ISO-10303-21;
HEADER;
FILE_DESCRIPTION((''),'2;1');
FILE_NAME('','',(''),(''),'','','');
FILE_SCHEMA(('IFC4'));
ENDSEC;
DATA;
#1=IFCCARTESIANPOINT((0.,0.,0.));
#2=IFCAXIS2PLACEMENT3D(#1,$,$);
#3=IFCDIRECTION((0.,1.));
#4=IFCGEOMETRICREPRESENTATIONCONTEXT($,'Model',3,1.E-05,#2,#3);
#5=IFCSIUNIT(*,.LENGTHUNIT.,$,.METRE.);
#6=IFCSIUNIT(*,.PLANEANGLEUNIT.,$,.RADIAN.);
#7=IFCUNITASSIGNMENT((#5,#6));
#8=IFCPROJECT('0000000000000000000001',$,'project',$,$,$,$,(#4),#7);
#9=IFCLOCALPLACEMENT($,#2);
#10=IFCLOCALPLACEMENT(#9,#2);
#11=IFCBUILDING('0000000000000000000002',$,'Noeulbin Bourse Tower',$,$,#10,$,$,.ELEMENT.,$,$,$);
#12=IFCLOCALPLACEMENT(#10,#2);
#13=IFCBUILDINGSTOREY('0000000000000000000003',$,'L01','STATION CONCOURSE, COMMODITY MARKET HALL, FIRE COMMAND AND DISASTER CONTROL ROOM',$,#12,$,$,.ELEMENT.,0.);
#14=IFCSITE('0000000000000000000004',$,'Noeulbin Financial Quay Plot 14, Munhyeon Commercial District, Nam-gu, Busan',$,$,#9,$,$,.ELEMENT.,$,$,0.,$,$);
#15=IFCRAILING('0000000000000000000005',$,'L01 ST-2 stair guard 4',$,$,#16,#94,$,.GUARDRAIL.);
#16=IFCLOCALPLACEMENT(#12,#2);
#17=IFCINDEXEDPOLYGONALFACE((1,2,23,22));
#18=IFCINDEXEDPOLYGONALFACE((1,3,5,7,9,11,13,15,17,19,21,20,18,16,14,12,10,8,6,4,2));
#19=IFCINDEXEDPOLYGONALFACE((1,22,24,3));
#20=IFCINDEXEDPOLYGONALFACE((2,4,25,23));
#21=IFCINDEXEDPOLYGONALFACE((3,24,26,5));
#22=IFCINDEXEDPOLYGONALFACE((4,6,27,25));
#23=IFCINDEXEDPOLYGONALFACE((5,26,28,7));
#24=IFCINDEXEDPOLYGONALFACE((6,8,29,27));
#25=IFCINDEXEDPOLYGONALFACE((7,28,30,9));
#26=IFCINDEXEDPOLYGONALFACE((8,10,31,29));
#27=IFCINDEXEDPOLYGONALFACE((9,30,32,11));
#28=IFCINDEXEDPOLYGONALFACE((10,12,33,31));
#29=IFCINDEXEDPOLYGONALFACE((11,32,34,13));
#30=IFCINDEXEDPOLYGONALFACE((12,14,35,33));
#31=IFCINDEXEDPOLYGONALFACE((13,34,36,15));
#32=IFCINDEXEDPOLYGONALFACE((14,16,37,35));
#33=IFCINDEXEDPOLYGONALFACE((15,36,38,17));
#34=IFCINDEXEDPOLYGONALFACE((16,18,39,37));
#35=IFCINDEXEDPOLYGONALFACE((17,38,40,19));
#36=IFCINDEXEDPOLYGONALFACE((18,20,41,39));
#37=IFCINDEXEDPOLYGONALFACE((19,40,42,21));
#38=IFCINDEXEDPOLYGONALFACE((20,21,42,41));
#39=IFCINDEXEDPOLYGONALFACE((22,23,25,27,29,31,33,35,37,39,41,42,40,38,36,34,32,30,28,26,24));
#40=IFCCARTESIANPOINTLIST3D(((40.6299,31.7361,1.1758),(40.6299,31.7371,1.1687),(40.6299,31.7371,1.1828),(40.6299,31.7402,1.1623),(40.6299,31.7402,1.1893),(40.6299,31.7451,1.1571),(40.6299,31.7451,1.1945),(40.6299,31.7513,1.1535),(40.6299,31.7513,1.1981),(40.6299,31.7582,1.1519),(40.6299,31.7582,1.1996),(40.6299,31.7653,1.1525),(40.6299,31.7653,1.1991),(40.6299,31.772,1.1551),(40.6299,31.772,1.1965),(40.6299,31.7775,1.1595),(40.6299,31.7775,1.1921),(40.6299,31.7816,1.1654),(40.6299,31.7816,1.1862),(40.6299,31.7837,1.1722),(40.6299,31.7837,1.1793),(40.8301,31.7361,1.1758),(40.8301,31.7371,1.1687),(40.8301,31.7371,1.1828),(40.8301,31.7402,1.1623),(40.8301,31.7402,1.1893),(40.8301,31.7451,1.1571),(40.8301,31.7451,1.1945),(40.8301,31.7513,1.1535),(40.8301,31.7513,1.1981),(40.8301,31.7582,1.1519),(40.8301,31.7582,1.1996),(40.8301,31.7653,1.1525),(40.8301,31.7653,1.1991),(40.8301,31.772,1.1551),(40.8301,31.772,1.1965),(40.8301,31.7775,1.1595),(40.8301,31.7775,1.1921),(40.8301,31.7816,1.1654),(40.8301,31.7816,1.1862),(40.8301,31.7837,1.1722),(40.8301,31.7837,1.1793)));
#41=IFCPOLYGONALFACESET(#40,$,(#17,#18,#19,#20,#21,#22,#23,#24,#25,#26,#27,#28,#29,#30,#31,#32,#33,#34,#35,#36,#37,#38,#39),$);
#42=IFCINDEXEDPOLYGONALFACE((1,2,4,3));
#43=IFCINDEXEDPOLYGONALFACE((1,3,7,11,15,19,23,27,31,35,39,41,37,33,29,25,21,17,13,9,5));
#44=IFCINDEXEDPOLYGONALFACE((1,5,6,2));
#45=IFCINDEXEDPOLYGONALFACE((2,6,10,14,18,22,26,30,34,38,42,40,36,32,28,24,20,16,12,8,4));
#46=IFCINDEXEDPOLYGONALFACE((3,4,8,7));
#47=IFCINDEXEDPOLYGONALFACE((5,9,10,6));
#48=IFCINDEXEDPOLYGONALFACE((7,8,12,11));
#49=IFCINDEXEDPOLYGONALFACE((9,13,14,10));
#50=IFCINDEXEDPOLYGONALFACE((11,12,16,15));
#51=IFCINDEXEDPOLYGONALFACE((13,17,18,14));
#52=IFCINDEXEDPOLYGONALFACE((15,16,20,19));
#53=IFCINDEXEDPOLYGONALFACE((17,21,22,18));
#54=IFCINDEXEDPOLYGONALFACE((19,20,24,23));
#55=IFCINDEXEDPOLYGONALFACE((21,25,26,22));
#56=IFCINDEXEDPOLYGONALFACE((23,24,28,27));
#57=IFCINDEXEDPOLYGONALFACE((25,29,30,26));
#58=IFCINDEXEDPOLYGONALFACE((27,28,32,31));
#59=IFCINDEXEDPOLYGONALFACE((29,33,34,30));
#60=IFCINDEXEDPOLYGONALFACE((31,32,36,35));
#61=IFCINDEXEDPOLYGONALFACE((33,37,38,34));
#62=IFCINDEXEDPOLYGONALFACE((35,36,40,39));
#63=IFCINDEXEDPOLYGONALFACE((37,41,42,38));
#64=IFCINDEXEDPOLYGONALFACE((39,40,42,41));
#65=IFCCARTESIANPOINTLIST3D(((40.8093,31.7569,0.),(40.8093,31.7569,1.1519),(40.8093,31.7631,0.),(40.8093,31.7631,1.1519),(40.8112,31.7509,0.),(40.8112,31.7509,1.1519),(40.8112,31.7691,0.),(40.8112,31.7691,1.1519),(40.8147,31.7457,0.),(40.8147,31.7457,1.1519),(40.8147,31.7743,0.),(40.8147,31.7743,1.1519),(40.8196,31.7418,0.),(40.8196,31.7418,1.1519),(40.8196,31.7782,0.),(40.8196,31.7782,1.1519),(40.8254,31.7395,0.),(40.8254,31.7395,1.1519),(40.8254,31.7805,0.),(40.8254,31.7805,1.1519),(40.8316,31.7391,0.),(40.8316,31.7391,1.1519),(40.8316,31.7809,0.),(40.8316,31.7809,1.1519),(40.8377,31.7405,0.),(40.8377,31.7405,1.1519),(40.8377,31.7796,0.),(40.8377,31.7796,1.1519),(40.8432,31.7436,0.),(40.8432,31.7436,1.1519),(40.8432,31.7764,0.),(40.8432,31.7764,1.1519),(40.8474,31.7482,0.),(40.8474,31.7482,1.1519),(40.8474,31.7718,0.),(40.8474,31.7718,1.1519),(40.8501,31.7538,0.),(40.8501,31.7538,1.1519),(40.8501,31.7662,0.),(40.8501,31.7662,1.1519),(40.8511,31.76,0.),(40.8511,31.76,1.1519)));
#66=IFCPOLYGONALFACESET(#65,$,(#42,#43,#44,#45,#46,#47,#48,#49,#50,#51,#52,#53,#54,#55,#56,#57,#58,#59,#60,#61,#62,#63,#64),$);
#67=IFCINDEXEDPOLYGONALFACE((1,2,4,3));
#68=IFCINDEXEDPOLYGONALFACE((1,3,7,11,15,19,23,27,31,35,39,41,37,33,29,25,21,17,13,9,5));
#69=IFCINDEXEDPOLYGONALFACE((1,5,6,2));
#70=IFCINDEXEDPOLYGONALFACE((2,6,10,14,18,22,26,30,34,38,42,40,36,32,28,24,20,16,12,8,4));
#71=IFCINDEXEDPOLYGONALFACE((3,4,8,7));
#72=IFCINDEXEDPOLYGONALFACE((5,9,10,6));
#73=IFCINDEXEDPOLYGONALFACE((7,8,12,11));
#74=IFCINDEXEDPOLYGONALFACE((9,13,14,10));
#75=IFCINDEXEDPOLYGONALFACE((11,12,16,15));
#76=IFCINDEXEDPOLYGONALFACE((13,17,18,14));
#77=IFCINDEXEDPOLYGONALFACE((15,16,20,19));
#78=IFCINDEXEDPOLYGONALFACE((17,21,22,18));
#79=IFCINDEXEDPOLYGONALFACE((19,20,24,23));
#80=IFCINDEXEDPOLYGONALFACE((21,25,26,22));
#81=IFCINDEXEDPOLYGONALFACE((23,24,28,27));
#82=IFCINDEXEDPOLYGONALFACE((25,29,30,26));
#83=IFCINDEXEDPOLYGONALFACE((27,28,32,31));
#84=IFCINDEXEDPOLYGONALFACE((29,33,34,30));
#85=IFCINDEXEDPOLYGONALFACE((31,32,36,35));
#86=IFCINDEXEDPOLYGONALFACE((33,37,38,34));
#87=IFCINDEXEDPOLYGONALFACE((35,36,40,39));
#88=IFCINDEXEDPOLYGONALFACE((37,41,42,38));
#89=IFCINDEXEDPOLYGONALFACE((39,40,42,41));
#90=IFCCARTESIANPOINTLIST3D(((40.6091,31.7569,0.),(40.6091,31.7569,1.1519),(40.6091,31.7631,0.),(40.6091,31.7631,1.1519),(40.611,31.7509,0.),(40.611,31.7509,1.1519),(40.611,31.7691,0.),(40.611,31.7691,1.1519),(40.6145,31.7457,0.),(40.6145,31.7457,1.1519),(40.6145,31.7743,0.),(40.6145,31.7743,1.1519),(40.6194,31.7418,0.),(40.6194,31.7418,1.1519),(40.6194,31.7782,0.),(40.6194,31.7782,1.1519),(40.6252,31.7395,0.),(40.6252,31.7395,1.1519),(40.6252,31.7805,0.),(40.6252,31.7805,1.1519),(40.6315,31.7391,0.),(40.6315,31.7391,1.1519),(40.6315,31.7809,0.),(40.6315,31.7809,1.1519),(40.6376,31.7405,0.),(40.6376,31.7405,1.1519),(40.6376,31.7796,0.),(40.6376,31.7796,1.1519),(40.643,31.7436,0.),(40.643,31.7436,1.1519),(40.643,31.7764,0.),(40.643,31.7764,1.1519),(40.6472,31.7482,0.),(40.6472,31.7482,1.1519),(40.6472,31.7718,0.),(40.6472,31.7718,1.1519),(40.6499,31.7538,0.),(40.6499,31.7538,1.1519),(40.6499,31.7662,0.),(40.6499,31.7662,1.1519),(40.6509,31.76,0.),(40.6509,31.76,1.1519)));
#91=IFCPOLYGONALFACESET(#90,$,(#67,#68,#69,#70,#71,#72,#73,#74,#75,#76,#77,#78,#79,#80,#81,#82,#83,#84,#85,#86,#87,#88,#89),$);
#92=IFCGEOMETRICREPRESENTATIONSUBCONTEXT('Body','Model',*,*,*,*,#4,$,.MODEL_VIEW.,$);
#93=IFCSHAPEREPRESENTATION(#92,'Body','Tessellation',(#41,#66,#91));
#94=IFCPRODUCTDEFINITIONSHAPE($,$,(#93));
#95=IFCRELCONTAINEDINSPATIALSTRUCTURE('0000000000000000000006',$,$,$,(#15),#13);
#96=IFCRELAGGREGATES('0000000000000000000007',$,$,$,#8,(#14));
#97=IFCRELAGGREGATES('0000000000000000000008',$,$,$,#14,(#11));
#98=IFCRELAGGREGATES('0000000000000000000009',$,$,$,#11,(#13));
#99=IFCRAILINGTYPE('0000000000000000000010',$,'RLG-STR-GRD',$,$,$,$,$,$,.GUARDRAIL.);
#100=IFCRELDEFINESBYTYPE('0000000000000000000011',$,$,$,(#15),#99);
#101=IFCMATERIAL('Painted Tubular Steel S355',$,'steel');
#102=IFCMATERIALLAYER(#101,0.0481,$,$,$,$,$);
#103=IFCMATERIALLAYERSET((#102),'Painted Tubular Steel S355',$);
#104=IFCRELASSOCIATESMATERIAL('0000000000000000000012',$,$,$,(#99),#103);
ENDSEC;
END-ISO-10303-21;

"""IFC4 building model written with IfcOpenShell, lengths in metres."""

from ifc_helpers import new_model, si_unit, direction, frame, origin, origin_2d, place, context, subcontext, project, spatial, circle, extrude, material, layer, layer_set, type_object, element, save


model = new_model("IFC4")

# Units and contexts
model_context = context("Model", 3, precision=1e-05, world=origin(), true_north=direction((0.0, 1.0)))
body_context = subcontext(model_context, "Body", "Model", "MODEL_VIEW")
ifc_project = project(units=[si_unit("LENGTHUNIT", "METRE"), si_unit("PLANEANGLEUNIT", "RADIAN")], contexts=[model_context])

# Site, building, storey
site_placement = place(None, origin())
site = spatial("IfcSite", under=ifc_project, at=site_placement, Name="Noeulbin Financial Quay Plot 14, Munhyeon Commercial District, Nam-gu, Busan", CompositionType="ELEMENT", RefElevation=0.0)
building_placement = place(site_placement, origin())
building = spatial("IfcBuilding", under=site, at=building_placement, Name="Noeulbin Bourse Tower", CompositionType="ELEMENT")
storey_placement = place(building_placement, origin())
storey = spatial("IfcBuildingStorey", under=building, at=storey_placement, Name="L01", Description="STATION CONCOURSE, COMMODITY MARKET HALL, FIRE COMMAND AND DISASTER CONTROL ROOM", CompositionType="ELEMENT", Elevation=0.0)

# Railing
ifc_material_1 = material(Name="Painted Tubular Steel S355", Category="steel")
ifc_layer_1 = layer(ifc_material_1, 0.0481)
ifc_layer_set_1 = layer_set([ifc_layer_1], Name="Painted Tubular Steel S355")
railing_type_1 = type_object("IfcRailingType", Name="RLG-STR-GRD", PredefinedType="GUARDRAIL", material=ifc_layer_set_1)
railing_1_placement = place(storey_placement, frame((40.8301, 31.76, 0.0)))
element("IfcRailing", 1, at=railing_1_placement, inside=storey, type_object=railing_type_1, Name="L01 ST-2 stair guard 4", PredefinedType="GUARDRAIL", context=body_context, shape_type="SweptSolid", body=[
    extrude(circle(Radius=0.0239, at=origin_2d()), frame((0.0, 0.0, 1.1758), z_axis=(-1.0, 0.0, 0.0), x_axis=(0.0, -1.0, 0.0)), (0.0, 0.0, 1.0), 0.2002),
    extrude(circle(Radius=0.021, at=origin_2d()), origin(), (0.0, 0.0, 1.0), 1.1519),
    extrude(circle(Radius=0.021, at=origin_2d()), frame((-0.2002, 0.0, 0.0)), (0.0, 0.0, 1.0), 1.1519),
])

save(model, "model.ifc")
